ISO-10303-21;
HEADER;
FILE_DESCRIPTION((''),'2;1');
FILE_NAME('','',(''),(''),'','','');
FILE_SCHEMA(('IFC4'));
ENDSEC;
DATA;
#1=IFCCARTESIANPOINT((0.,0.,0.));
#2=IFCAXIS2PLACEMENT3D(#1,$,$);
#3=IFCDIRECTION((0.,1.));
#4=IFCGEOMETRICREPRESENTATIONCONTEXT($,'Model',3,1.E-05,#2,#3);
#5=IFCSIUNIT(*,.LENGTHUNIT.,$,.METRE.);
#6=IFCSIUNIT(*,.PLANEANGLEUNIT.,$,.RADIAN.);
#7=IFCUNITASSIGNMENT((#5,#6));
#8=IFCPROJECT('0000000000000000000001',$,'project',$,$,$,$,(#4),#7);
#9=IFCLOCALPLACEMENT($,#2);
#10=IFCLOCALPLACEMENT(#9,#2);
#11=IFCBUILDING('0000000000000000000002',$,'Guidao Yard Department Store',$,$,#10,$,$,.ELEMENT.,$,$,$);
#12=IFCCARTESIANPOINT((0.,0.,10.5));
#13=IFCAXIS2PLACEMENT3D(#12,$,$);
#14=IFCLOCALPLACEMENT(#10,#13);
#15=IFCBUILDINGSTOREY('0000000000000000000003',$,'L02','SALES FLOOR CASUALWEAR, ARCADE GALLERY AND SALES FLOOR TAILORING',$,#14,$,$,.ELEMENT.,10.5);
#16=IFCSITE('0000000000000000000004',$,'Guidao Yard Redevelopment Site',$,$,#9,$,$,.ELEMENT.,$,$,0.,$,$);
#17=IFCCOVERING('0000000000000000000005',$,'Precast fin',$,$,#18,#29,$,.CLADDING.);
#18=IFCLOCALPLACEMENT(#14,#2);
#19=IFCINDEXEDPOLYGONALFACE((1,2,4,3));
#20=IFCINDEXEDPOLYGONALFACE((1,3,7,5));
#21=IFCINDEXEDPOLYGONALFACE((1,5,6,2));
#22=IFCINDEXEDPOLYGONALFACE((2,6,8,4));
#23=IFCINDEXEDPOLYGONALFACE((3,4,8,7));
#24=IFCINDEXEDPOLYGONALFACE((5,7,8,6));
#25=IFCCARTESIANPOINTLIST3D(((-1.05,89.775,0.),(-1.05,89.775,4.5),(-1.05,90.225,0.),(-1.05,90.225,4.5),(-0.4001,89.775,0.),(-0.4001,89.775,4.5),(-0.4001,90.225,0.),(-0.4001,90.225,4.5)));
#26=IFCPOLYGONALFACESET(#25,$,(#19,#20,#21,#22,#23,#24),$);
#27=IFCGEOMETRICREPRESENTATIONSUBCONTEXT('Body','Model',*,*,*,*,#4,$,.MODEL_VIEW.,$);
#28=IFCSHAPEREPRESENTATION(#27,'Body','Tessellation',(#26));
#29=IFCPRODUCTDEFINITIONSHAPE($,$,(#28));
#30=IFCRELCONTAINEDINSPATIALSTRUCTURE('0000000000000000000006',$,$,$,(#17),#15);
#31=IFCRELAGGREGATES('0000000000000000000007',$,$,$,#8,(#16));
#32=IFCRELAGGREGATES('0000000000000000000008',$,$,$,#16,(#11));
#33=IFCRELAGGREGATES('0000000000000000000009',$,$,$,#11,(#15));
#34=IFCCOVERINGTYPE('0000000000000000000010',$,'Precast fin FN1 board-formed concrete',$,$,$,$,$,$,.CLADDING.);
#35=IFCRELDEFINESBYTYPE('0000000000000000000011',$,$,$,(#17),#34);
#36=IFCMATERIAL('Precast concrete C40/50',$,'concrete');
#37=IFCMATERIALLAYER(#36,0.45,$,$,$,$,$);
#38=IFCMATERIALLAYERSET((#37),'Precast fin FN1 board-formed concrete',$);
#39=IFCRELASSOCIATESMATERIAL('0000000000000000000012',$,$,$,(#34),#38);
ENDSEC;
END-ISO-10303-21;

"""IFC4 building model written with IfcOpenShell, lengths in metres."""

from ifc_helpers import new_model, si_unit, direction, frame, origin, origin_2d, place, context, subcontext, project, spatial, rectangle, extrude, material, layer, layer_set, type_object, element, save


model = new_model("IFC4")

# Units and contexts
model_context = context("Model", 3, precision=1e-05, world=origin(), true_north=direction((0.0, 1.0)))
body_context = subcontext(model_context, "Body", "Model", "MODEL_VIEW")
ifc_project = project(units=[si_unit("LENGTHUNIT", "METRE"), si_unit("PLANEANGLEUNIT", "RADIAN")], contexts=[model_context])

# Site, building, storey
site_placement = place(None, origin())
site = spatial("IfcSite", under=ifc_project, at=site_placement, Name="Guidao Yard Redevelopment Site", CompositionType="ELEMENT", RefElevation=0.0)
building_placement = place(site_placement, origin())
building = spatial("IfcBuilding", under=site, at=building_placement, Name="Guidao Yard Department Store", CompositionType="ELEMENT")
storey_placement = place(building_placement, frame((0.0, 0.0, 10.5)))
storey = spatial("IfcBuildingStorey", under=building, at=storey_placement, Name="L02", Description="SALES FLOOR CASUALWEAR, ARCADE GALLERY AND SALES FLOOR TAILORING", CompositionType="ELEMENT", Elevation=10.5)

# Covering
ifc_material_1 = material(Name="Precast concrete C40/50", Category="concrete")
ifc_layer_1 = layer(ifc_material_1, 0.45)
ifc_layer_set_1 = layer_set([ifc_layer_1], Name="Precast fin FN1 board-formed concrete")
covering_type = type_object("IfcCoveringType", Name="Precast fin FN1 board-formed concrete", PredefinedType="CLADDING", material=ifc_layer_set_1)
for number, where, z_axis, x_axis, name in (
    (1, (-0.7251, 90.0, 0.0), (0.0, 0.0, 1.0), (0.0, 1.0, 0.0), "Precast fin"),
):
    element("IfcCovering", number, at=place(storey_placement, frame(where, z_axis=z_axis, x_axis=x_axis)), inside=storey, type_object=covering_type, Name=name, PredefinedType="CLADDING", context=body_context, shape_type="SweptSolid", body=[
        extrude(rectangle(XDim=0.45, YDim=0.6499, at=origin_2d()), origin(), (0.0, 0.0, 1.0), 4.5),
    ])

save(model, "model.ifc")
